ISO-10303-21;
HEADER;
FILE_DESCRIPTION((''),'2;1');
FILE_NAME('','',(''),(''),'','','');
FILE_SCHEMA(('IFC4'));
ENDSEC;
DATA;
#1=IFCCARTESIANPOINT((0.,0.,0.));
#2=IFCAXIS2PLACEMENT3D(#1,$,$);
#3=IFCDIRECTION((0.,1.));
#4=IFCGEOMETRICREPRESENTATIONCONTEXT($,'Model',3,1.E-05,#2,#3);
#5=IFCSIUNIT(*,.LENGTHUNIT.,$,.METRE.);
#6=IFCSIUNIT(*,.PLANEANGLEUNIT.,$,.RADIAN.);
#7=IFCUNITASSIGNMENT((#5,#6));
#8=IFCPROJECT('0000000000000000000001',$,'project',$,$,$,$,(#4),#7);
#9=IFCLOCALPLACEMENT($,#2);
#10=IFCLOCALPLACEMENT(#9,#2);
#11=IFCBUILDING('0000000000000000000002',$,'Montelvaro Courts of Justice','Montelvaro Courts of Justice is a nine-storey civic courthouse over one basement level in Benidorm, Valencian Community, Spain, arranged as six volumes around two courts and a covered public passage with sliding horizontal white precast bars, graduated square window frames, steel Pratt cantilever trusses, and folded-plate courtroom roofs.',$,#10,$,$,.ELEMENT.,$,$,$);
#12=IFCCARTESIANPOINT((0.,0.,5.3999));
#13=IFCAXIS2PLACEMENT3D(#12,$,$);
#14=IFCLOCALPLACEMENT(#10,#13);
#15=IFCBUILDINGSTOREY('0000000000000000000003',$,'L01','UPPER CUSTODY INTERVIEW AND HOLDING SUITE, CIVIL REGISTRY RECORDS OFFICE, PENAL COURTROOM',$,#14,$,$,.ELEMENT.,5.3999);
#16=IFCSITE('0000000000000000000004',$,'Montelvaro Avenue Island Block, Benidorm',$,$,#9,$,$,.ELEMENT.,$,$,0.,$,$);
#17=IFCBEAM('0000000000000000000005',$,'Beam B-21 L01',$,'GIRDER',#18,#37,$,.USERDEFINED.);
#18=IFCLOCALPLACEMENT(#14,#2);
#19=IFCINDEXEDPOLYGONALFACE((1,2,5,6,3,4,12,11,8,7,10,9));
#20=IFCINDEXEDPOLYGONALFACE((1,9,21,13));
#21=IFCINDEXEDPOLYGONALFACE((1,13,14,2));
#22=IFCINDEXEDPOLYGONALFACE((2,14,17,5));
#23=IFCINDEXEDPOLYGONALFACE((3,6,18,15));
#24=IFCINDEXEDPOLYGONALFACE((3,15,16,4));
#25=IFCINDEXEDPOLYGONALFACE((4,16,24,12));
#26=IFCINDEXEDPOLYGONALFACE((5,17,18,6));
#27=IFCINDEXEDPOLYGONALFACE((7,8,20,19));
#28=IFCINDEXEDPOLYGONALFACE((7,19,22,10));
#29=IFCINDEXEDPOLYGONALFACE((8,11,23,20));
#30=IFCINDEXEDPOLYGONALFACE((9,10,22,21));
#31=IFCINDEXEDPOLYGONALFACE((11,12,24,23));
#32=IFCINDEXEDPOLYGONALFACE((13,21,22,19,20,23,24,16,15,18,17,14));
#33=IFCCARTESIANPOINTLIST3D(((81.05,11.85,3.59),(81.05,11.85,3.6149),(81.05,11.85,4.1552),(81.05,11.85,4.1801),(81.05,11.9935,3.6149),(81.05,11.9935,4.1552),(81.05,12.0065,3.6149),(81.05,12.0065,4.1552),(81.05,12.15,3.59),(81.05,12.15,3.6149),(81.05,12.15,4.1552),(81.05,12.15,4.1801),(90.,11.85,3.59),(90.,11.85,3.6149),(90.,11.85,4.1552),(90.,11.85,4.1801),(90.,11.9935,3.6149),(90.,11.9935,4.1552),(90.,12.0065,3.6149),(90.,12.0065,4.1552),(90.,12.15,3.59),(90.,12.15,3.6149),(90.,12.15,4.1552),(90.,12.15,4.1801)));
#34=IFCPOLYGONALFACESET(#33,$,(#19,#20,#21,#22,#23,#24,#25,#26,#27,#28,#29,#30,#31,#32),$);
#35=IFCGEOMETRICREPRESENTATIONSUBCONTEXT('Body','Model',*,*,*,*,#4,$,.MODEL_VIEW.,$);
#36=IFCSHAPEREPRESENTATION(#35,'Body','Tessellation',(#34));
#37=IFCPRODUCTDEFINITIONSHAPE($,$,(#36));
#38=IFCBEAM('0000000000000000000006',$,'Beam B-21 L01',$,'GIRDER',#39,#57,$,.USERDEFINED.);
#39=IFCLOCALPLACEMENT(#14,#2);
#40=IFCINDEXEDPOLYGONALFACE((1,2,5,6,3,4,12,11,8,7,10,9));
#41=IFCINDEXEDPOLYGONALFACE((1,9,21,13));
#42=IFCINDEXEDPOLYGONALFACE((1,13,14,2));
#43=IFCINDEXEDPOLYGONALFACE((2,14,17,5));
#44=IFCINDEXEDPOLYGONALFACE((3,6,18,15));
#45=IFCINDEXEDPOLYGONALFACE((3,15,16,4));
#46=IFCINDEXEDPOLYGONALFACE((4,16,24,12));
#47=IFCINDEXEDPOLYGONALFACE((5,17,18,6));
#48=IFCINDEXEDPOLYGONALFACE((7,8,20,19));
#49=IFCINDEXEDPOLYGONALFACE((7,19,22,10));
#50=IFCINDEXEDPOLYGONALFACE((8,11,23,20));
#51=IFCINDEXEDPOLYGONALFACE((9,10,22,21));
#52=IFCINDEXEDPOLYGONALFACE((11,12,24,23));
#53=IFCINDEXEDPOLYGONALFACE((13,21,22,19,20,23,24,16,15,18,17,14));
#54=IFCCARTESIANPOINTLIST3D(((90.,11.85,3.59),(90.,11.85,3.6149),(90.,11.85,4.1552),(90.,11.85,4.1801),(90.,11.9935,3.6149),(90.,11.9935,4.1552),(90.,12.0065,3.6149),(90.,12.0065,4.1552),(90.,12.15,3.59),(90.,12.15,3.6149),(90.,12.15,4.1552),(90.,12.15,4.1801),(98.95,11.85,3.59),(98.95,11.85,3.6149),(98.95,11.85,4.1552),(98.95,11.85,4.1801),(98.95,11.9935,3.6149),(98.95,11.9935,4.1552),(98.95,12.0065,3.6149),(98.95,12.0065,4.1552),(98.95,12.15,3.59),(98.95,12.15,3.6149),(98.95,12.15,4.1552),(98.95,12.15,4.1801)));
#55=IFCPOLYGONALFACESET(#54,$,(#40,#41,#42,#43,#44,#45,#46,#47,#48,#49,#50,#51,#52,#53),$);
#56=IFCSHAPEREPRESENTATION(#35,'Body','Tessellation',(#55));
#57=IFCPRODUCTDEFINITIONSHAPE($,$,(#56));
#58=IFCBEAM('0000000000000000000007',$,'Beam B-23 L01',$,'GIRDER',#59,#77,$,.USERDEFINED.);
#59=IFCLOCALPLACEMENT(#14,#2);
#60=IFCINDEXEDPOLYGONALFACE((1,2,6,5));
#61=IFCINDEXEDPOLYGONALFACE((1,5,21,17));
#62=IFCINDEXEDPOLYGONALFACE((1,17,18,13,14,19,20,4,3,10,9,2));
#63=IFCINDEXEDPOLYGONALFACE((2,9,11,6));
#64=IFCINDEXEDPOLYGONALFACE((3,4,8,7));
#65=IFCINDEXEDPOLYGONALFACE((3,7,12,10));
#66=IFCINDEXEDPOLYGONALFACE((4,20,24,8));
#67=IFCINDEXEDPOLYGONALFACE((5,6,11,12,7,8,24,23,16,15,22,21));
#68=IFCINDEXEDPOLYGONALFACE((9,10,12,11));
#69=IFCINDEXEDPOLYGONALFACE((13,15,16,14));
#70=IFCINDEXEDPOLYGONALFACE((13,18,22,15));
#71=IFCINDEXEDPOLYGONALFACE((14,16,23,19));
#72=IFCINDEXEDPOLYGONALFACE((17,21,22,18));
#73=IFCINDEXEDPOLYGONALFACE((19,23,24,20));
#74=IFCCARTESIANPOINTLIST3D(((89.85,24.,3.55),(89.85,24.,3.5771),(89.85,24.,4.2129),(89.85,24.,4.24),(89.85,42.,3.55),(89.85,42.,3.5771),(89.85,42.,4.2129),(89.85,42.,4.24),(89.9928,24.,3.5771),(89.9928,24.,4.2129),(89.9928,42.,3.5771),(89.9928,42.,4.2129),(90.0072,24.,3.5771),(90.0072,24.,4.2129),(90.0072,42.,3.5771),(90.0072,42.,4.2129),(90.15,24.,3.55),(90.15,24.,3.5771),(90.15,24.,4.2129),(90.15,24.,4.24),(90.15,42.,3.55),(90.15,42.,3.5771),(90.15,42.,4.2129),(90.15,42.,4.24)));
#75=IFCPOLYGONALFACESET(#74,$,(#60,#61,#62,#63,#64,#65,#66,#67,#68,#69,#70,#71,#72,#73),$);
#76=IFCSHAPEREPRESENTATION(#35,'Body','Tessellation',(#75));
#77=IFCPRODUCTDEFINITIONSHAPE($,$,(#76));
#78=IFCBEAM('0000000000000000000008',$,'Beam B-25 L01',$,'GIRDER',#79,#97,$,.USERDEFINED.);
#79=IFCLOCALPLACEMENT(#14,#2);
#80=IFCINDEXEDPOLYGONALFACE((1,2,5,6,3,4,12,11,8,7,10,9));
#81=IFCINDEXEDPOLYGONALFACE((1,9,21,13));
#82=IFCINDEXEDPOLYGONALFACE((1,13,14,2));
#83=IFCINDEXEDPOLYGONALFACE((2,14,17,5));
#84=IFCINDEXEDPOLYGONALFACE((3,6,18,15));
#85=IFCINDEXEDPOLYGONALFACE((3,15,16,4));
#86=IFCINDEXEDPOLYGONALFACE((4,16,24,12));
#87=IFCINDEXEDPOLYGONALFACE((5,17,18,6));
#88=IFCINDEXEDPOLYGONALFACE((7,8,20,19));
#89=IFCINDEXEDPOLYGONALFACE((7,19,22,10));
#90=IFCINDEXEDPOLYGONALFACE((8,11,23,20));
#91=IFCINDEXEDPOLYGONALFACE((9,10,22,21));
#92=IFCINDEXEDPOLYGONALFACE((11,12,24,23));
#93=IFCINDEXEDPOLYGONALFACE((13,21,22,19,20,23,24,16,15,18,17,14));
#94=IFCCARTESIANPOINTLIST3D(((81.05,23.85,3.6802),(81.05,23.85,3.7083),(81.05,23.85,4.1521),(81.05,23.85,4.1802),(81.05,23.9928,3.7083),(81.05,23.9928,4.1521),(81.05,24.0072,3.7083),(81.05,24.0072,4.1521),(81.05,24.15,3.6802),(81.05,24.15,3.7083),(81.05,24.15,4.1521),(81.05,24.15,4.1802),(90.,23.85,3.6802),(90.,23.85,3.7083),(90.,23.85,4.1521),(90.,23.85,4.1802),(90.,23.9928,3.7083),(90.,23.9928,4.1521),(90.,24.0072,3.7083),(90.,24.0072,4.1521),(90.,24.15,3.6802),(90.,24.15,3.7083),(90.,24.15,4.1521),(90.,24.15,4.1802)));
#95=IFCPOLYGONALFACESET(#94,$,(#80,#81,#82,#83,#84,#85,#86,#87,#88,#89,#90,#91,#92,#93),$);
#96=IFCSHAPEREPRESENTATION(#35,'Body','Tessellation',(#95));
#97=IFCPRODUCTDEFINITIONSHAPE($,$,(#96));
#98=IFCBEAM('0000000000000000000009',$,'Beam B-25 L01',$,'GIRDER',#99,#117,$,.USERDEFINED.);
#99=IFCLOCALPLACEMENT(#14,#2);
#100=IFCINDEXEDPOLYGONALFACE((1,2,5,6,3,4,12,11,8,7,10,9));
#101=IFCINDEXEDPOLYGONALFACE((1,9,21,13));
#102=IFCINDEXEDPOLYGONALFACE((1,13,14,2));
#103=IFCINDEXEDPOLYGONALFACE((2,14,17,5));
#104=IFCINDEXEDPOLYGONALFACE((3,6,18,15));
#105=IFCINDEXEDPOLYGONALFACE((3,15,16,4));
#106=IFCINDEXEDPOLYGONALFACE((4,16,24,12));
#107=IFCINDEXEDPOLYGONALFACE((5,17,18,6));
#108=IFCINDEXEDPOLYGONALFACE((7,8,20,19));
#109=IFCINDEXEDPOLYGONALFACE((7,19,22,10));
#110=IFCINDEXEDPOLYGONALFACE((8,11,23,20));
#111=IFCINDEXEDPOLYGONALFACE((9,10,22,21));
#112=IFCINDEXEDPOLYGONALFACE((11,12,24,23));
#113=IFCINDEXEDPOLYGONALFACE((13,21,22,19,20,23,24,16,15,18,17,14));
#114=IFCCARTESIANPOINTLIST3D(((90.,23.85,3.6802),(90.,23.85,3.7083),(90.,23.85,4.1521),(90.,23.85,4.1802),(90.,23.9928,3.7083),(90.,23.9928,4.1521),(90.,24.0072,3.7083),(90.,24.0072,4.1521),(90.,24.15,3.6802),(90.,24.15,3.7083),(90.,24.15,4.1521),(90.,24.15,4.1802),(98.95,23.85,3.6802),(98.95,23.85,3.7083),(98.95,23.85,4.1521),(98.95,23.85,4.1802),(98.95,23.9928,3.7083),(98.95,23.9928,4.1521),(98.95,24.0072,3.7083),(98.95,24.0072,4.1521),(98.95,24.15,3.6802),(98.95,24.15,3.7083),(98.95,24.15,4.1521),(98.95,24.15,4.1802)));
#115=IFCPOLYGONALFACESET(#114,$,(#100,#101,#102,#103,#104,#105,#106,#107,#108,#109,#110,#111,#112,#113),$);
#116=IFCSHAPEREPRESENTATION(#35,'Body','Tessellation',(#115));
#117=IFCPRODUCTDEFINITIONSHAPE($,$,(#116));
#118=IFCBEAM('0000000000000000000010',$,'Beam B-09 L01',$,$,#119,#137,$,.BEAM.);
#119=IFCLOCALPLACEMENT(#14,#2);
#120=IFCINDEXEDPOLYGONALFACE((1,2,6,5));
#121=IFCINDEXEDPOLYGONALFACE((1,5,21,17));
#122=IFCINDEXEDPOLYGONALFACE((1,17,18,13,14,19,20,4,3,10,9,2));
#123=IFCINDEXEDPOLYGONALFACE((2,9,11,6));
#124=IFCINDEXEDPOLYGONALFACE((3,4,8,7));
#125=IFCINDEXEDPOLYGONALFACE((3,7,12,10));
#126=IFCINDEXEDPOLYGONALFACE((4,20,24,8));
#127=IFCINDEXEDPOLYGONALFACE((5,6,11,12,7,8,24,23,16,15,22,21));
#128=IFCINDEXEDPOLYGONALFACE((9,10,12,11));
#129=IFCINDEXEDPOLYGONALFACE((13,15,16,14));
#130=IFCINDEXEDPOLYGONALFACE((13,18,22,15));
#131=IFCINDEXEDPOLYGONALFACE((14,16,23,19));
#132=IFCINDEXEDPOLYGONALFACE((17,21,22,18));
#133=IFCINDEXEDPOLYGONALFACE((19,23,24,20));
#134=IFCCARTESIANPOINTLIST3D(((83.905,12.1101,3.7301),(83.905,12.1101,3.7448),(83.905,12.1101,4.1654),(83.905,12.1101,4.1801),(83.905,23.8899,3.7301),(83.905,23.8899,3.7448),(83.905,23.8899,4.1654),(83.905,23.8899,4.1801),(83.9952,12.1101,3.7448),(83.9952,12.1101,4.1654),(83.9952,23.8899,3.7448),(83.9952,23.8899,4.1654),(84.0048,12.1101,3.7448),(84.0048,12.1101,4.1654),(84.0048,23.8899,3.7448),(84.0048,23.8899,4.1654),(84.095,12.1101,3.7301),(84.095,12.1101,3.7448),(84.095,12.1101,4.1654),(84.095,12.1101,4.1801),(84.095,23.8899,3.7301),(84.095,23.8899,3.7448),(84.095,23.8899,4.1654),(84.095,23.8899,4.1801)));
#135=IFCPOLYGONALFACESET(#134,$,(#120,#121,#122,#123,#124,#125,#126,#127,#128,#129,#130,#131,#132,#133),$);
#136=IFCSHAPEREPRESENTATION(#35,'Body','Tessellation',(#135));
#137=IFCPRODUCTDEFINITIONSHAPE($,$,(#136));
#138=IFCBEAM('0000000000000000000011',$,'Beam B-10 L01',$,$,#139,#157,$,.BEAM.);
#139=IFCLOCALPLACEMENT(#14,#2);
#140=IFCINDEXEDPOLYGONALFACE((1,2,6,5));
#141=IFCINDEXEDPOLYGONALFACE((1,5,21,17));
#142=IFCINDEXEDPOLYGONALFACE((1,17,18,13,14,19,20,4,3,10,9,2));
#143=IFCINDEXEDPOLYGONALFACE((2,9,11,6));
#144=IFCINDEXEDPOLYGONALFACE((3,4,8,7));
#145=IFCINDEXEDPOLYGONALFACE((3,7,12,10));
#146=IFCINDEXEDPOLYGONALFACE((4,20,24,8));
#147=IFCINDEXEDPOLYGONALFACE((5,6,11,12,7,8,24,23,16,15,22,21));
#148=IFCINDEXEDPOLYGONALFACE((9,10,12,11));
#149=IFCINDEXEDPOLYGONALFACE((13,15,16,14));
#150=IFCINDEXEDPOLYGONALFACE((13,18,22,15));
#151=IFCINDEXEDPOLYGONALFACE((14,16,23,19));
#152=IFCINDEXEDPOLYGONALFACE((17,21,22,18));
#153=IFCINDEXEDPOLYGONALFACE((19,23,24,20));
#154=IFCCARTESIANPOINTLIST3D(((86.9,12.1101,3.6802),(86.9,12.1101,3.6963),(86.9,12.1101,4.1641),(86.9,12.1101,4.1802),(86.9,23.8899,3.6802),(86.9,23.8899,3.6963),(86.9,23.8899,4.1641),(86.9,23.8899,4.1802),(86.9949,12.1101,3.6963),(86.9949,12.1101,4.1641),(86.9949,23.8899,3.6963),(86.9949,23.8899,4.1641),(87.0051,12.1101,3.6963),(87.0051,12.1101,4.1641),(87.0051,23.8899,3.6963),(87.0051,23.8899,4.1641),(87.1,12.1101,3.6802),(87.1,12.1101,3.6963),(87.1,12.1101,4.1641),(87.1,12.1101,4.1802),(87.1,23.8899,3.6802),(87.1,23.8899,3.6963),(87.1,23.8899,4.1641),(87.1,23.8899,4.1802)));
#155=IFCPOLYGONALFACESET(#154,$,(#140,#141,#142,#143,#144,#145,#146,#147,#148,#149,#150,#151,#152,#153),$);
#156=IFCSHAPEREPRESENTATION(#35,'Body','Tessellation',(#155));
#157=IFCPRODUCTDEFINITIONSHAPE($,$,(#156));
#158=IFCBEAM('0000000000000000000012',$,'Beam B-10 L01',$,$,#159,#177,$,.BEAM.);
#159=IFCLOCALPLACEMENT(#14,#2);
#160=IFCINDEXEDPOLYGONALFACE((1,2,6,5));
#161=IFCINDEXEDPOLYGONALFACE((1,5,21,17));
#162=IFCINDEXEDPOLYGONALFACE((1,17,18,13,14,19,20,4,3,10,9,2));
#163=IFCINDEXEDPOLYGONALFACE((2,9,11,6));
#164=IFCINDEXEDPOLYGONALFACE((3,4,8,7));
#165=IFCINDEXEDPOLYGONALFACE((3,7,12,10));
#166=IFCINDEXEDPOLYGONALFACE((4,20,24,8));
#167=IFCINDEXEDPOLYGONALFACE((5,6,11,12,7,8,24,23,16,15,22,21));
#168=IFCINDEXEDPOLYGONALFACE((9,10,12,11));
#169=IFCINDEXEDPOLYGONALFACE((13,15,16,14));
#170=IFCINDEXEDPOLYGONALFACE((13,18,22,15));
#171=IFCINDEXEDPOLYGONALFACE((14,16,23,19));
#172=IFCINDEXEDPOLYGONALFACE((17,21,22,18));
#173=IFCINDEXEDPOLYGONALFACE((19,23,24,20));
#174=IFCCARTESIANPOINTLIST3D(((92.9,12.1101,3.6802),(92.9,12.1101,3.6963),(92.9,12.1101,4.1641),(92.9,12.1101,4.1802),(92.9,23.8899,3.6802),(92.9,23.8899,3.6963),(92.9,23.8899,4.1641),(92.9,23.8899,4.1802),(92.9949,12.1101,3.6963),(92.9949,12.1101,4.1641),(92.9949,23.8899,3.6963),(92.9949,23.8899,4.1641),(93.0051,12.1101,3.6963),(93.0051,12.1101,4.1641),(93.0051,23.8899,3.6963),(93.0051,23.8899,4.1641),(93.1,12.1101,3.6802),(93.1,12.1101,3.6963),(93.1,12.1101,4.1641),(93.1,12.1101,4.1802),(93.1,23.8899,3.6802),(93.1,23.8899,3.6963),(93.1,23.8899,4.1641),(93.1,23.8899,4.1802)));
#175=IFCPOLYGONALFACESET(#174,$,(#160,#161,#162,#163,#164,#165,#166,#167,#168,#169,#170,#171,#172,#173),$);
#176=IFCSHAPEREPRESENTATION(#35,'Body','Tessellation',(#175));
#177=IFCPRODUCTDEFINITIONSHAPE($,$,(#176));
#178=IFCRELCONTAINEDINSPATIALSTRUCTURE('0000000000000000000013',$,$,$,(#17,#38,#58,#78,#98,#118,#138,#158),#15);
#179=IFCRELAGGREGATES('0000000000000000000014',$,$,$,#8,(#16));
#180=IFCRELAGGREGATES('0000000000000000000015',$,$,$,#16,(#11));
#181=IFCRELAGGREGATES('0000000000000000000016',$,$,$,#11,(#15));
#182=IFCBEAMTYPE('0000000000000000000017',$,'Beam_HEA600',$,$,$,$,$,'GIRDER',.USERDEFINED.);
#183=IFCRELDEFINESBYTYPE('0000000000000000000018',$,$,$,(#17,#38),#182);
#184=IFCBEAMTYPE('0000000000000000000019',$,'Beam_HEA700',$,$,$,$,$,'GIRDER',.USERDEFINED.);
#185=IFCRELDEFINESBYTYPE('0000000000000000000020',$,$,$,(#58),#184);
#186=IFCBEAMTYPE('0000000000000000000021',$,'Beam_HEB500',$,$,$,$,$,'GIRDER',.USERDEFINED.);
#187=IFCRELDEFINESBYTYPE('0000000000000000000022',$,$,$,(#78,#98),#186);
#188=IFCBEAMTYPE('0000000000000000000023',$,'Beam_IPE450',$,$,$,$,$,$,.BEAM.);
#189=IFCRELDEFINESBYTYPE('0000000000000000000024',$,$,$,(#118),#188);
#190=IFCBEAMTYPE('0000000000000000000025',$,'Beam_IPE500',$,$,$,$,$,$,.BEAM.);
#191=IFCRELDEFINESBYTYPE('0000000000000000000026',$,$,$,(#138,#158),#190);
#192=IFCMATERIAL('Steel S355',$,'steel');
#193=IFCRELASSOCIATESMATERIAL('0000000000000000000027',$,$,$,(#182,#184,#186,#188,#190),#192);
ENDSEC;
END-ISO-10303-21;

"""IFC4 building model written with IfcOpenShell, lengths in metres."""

from ifc_helpers import new_model, si_unit, direction, frame, origin, origin_2d, place, context, subcontext, project, spatial, i_section, extrude, material, material_profile, profile_set, type_object, element, save


model = new_model("IFC4")

# Units and contexts
model_context = context("Model", 3, precision=1e-05, world=origin(), true_north=direction((0.0, 1.0)))
body_context = subcontext(model_context, "Body", "Model", "MODEL_VIEW")
ifc_project = project(units=[si_unit("LENGTHUNIT", "METRE"), si_unit("PLANEANGLEUNIT", "RADIAN")], contexts=[model_context])

# Site, building, storey
site_placement = place(None, origin())
site = spatial("IfcSite", under=ifc_project, at=site_placement, Name="Montelvaro Avenue Island Block, Benidorm", CompositionType="ELEMENT", RefElevation=0.0)
building_placement = place(site_placement, origin())
building = spatial("IfcBuilding", under=site, at=building_placement, Name="Montelvaro Courts of Justice", Description="Montelvaro Courts of Justice is a nine-storey civic courthouse over one basement level in Benidorm, Valencian Community, Spain, arranged as six volumes around two courts and a covered public passage with sliding horizontal white precast bars, graduated square window frames, steel Pratt cantilever trusses, and folded-plate courtroom roofs.", CompositionType="ELEMENT")
storey_placement = place(building_placement, frame((0.0, 0.0, 5.3999)))
storey = spatial("IfcBuildingStorey", under=building, at=storey_placement, Name="L01", Description="UPPER CUSTODY INTERVIEW AND HOLDING SUITE, CIVIL REGISTRY RECORDS OFFICE, PENAL COURTROOM", CompositionType="ELEMENT", Elevation=5.3999)

# Shared definitions
ifc_material_1 = material(Name="Steel S355", Category="steel")

# Beams
ifc_material_profile_1 = material_profile(ifc_material_1, i_section(OverallWidth=0.3, OverallDepth=0.5901, WebThickness=0.0129, FlangeThickness=0.0249, at=origin_2d()), Name="HEA 600")
ifc_profile_set_1 = profile_set([ifc_material_profile_1], Name="Steel S355")
beam_type_1 = type_object("IfcBeamType", Name="Beam_HEA600", ElementType="GIRDER", PredefinedType="USERDEFINED", material=ifc_profile_set_1)
for number, where, z_axis, x_axis, name in (
    (1, (81.05, 12.0, 3.885), (1.0, 0.0, 0.0), (0.0, 1.0, 0.0), "Beam B-21 L01"),
    (2, (90.0, 12.0, 3.885), (1.0, 0.0, 0.0), (0.0, 1.0, 0.0), "Beam B-21 L01"),
):
    element("IfcBeam", number, at=place(storey_placement, frame(where, z_axis=z_axis, x_axis=x_axis)), inside=storey, type_object=beam_type_1, Name=name, ObjectType="GIRDER", PredefinedType="USERDEFINED", context=body_context, shape_type="SweptSolid", body=[
        extrude(i_section(OverallWidth=0.3, OverallDepth=0.5901, WebThickness=0.0129, FlangeThickness=0.0249, at=origin_2d()), origin(), (0.0, 0.0, 1.0), 8.95),
    ])
ifc_material_profile_2 = material_profile(ifc_material_1, i_section(OverallWidth=0.3, OverallDepth=0.6899, WebThickness=0.0144, FlangeThickness=0.0271, at=origin_2d()), Name="HEA 700")
ifc_profile_set_2 = profile_set([ifc_material_profile_2], Name="Steel S355")
beam_type_2 = type_object("IfcBeamType", Name="Beam_HEA700", ElementType="GIRDER", PredefinedType="USERDEFINED", material=ifc_profile_set_2)
beam_1_placement = place(storey_placement, frame((90.0, 24.0, 3.895), z_axis=(0.0, 1.0, 0.0), x_axis=(-1.0, 0.0, 0.0)))
element("IfcBeam", 3, at=beam_1_placement, inside=storey, type_object=beam_type_2, Name="Beam B-23 L01", ObjectType="GIRDER", PredefinedType="USERDEFINED", context=body_context, shape_type="SweptSolid", body=[
    extrude(i_section(OverallWidth=0.3, OverallDepth=0.6899, WebThickness=0.0144, FlangeThickness=0.0271, at=origin_2d()), origin(), (0.0, 0.0, 1.0), 18.0),
])
ifc_material_profile_3 = material_profile(ifc_material_1, i_section(OverallWidth=0.3, OverallDepth=0.5, WebThickness=0.0144, FlangeThickness=0.0281, at=origin_2d()), Name="HEB 500")
ifc_profile_set_3 = profile_set([ifc_material_profile_3], Name="Steel S355")
beam_type_3 = type_object("IfcBeamType", Name="Beam_HEB500", ElementType="GIRDER", PredefinedType="USERDEFINED", material=ifc_profile_set_3)
for number, where, z_axis, x_axis, name in (
    (4, (81.05, 24.0, 3.9302), (1.0, 0.0, 0.0), (0.0, 1.0, 0.0), "Beam B-25 L01"),
    (5, (90.0, 24.0, 3.9302), (1.0, 0.0, 0.0), (0.0, 1.0, 0.0), "Beam B-25 L01"),
):
    element("IfcBeam", number, at=place(storey_placement, frame(where, z_axis=z_axis, x_axis=x_axis)), inside=storey, type_object=beam_type_3, Name=name, ObjectType="GIRDER", PredefinedType="USERDEFINED", context=body_context, shape_type="SweptSolid", body=[
        extrude(i_section(OverallWidth=0.3, OverallDepth=0.5, WebThickness=0.0144, FlangeThickness=0.0281, at=origin_2d()), origin(), (0.0, 0.0, 1.0), 8.95),
    ])
ifc_material_profile_4 = material_profile(ifc_material_1, i_section(OverallWidth=0.1899, OverallDepth=0.45, WebThickness=0.0095, FlangeThickness=0.0146, at=origin_2d()), Name="IPE 450")
ifc_profile_set_4 = profile_set([ifc_material_profile_4], Name="Steel S355")
beam_type_4 = type_object("IfcBeamType", Name="Beam_IPE450", PredefinedType="BEAM", material=ifc_profile_set_4)
beam_2_placement = place(storey_placement, frame((84.0, 12.1101, 3.9551), z_axis=(0.0, 1.0, 0.0), x_axis=(-1.0, 0.0, 0.0)))
element("IfcBeam", 6, at=beam_2_placement, inside=storey, type_object=beam_type_4, Name="Beam B-09 L01", PredefinedType="BEAM", context=body_context, shape_type="SweptSolid", body=[
    extrude(i_section(OverallWidth=0.1899, OverallDepth=0.45, WebThickness=0.0095, FlangeThickness=0.0146, at=origin_2d()), origin(), (0.0, 0.0, 1.0), 11.7798),
])
ifc_material_profile_5 = material_profile(ifc_material_1, i_section(OverallWidth=0.2, OverallDepth=0.5, WebThickness=0.0103, FlangeThickness=0.0161, at=origin_2d()), Name="IPE 500")
ifc_profile_set_5 = profile_set([ifc_material_profile_5], Name="Steel S355")
beam_type_5 = type_object("IfcBeamType", Name="Beam_IPE500", PredefinedType="BEAM", material=ifc_profile_set_5)
for number, where, z_axis, x_axis, name in (
    (7, (87.0, 12.1101, 3.9302), (0.0, 1.0, 0.0), (-1.0, 0.0, 0.0), "Beam B-10 L01"),
    (8, (93.0, 12.1101, 3.9302), (0.0, 1.0, 0.0), (-1.0, 0.0, 0.0), "Beam B-10 L01"),
):
    element("IfcBeam", number, at=place(storey_placement, frame(where, z_axis=z_axis, x_axis=x_axis)), inside=storey, type_object=beam_type_5, Name=name, PredefinedType="BEAM", context=body_context, shape_type="SweptSolid", body=[
        extrude(i_section(OverallWidth=0.2, OverallDepth=0.5, WebThickness=0.0103, FlangeThickness=0.0161, at=origin_2d()), origin(), (0.0, 0.0, 1.0), 11.7798),
    ])

save(model, "model.ifc")
